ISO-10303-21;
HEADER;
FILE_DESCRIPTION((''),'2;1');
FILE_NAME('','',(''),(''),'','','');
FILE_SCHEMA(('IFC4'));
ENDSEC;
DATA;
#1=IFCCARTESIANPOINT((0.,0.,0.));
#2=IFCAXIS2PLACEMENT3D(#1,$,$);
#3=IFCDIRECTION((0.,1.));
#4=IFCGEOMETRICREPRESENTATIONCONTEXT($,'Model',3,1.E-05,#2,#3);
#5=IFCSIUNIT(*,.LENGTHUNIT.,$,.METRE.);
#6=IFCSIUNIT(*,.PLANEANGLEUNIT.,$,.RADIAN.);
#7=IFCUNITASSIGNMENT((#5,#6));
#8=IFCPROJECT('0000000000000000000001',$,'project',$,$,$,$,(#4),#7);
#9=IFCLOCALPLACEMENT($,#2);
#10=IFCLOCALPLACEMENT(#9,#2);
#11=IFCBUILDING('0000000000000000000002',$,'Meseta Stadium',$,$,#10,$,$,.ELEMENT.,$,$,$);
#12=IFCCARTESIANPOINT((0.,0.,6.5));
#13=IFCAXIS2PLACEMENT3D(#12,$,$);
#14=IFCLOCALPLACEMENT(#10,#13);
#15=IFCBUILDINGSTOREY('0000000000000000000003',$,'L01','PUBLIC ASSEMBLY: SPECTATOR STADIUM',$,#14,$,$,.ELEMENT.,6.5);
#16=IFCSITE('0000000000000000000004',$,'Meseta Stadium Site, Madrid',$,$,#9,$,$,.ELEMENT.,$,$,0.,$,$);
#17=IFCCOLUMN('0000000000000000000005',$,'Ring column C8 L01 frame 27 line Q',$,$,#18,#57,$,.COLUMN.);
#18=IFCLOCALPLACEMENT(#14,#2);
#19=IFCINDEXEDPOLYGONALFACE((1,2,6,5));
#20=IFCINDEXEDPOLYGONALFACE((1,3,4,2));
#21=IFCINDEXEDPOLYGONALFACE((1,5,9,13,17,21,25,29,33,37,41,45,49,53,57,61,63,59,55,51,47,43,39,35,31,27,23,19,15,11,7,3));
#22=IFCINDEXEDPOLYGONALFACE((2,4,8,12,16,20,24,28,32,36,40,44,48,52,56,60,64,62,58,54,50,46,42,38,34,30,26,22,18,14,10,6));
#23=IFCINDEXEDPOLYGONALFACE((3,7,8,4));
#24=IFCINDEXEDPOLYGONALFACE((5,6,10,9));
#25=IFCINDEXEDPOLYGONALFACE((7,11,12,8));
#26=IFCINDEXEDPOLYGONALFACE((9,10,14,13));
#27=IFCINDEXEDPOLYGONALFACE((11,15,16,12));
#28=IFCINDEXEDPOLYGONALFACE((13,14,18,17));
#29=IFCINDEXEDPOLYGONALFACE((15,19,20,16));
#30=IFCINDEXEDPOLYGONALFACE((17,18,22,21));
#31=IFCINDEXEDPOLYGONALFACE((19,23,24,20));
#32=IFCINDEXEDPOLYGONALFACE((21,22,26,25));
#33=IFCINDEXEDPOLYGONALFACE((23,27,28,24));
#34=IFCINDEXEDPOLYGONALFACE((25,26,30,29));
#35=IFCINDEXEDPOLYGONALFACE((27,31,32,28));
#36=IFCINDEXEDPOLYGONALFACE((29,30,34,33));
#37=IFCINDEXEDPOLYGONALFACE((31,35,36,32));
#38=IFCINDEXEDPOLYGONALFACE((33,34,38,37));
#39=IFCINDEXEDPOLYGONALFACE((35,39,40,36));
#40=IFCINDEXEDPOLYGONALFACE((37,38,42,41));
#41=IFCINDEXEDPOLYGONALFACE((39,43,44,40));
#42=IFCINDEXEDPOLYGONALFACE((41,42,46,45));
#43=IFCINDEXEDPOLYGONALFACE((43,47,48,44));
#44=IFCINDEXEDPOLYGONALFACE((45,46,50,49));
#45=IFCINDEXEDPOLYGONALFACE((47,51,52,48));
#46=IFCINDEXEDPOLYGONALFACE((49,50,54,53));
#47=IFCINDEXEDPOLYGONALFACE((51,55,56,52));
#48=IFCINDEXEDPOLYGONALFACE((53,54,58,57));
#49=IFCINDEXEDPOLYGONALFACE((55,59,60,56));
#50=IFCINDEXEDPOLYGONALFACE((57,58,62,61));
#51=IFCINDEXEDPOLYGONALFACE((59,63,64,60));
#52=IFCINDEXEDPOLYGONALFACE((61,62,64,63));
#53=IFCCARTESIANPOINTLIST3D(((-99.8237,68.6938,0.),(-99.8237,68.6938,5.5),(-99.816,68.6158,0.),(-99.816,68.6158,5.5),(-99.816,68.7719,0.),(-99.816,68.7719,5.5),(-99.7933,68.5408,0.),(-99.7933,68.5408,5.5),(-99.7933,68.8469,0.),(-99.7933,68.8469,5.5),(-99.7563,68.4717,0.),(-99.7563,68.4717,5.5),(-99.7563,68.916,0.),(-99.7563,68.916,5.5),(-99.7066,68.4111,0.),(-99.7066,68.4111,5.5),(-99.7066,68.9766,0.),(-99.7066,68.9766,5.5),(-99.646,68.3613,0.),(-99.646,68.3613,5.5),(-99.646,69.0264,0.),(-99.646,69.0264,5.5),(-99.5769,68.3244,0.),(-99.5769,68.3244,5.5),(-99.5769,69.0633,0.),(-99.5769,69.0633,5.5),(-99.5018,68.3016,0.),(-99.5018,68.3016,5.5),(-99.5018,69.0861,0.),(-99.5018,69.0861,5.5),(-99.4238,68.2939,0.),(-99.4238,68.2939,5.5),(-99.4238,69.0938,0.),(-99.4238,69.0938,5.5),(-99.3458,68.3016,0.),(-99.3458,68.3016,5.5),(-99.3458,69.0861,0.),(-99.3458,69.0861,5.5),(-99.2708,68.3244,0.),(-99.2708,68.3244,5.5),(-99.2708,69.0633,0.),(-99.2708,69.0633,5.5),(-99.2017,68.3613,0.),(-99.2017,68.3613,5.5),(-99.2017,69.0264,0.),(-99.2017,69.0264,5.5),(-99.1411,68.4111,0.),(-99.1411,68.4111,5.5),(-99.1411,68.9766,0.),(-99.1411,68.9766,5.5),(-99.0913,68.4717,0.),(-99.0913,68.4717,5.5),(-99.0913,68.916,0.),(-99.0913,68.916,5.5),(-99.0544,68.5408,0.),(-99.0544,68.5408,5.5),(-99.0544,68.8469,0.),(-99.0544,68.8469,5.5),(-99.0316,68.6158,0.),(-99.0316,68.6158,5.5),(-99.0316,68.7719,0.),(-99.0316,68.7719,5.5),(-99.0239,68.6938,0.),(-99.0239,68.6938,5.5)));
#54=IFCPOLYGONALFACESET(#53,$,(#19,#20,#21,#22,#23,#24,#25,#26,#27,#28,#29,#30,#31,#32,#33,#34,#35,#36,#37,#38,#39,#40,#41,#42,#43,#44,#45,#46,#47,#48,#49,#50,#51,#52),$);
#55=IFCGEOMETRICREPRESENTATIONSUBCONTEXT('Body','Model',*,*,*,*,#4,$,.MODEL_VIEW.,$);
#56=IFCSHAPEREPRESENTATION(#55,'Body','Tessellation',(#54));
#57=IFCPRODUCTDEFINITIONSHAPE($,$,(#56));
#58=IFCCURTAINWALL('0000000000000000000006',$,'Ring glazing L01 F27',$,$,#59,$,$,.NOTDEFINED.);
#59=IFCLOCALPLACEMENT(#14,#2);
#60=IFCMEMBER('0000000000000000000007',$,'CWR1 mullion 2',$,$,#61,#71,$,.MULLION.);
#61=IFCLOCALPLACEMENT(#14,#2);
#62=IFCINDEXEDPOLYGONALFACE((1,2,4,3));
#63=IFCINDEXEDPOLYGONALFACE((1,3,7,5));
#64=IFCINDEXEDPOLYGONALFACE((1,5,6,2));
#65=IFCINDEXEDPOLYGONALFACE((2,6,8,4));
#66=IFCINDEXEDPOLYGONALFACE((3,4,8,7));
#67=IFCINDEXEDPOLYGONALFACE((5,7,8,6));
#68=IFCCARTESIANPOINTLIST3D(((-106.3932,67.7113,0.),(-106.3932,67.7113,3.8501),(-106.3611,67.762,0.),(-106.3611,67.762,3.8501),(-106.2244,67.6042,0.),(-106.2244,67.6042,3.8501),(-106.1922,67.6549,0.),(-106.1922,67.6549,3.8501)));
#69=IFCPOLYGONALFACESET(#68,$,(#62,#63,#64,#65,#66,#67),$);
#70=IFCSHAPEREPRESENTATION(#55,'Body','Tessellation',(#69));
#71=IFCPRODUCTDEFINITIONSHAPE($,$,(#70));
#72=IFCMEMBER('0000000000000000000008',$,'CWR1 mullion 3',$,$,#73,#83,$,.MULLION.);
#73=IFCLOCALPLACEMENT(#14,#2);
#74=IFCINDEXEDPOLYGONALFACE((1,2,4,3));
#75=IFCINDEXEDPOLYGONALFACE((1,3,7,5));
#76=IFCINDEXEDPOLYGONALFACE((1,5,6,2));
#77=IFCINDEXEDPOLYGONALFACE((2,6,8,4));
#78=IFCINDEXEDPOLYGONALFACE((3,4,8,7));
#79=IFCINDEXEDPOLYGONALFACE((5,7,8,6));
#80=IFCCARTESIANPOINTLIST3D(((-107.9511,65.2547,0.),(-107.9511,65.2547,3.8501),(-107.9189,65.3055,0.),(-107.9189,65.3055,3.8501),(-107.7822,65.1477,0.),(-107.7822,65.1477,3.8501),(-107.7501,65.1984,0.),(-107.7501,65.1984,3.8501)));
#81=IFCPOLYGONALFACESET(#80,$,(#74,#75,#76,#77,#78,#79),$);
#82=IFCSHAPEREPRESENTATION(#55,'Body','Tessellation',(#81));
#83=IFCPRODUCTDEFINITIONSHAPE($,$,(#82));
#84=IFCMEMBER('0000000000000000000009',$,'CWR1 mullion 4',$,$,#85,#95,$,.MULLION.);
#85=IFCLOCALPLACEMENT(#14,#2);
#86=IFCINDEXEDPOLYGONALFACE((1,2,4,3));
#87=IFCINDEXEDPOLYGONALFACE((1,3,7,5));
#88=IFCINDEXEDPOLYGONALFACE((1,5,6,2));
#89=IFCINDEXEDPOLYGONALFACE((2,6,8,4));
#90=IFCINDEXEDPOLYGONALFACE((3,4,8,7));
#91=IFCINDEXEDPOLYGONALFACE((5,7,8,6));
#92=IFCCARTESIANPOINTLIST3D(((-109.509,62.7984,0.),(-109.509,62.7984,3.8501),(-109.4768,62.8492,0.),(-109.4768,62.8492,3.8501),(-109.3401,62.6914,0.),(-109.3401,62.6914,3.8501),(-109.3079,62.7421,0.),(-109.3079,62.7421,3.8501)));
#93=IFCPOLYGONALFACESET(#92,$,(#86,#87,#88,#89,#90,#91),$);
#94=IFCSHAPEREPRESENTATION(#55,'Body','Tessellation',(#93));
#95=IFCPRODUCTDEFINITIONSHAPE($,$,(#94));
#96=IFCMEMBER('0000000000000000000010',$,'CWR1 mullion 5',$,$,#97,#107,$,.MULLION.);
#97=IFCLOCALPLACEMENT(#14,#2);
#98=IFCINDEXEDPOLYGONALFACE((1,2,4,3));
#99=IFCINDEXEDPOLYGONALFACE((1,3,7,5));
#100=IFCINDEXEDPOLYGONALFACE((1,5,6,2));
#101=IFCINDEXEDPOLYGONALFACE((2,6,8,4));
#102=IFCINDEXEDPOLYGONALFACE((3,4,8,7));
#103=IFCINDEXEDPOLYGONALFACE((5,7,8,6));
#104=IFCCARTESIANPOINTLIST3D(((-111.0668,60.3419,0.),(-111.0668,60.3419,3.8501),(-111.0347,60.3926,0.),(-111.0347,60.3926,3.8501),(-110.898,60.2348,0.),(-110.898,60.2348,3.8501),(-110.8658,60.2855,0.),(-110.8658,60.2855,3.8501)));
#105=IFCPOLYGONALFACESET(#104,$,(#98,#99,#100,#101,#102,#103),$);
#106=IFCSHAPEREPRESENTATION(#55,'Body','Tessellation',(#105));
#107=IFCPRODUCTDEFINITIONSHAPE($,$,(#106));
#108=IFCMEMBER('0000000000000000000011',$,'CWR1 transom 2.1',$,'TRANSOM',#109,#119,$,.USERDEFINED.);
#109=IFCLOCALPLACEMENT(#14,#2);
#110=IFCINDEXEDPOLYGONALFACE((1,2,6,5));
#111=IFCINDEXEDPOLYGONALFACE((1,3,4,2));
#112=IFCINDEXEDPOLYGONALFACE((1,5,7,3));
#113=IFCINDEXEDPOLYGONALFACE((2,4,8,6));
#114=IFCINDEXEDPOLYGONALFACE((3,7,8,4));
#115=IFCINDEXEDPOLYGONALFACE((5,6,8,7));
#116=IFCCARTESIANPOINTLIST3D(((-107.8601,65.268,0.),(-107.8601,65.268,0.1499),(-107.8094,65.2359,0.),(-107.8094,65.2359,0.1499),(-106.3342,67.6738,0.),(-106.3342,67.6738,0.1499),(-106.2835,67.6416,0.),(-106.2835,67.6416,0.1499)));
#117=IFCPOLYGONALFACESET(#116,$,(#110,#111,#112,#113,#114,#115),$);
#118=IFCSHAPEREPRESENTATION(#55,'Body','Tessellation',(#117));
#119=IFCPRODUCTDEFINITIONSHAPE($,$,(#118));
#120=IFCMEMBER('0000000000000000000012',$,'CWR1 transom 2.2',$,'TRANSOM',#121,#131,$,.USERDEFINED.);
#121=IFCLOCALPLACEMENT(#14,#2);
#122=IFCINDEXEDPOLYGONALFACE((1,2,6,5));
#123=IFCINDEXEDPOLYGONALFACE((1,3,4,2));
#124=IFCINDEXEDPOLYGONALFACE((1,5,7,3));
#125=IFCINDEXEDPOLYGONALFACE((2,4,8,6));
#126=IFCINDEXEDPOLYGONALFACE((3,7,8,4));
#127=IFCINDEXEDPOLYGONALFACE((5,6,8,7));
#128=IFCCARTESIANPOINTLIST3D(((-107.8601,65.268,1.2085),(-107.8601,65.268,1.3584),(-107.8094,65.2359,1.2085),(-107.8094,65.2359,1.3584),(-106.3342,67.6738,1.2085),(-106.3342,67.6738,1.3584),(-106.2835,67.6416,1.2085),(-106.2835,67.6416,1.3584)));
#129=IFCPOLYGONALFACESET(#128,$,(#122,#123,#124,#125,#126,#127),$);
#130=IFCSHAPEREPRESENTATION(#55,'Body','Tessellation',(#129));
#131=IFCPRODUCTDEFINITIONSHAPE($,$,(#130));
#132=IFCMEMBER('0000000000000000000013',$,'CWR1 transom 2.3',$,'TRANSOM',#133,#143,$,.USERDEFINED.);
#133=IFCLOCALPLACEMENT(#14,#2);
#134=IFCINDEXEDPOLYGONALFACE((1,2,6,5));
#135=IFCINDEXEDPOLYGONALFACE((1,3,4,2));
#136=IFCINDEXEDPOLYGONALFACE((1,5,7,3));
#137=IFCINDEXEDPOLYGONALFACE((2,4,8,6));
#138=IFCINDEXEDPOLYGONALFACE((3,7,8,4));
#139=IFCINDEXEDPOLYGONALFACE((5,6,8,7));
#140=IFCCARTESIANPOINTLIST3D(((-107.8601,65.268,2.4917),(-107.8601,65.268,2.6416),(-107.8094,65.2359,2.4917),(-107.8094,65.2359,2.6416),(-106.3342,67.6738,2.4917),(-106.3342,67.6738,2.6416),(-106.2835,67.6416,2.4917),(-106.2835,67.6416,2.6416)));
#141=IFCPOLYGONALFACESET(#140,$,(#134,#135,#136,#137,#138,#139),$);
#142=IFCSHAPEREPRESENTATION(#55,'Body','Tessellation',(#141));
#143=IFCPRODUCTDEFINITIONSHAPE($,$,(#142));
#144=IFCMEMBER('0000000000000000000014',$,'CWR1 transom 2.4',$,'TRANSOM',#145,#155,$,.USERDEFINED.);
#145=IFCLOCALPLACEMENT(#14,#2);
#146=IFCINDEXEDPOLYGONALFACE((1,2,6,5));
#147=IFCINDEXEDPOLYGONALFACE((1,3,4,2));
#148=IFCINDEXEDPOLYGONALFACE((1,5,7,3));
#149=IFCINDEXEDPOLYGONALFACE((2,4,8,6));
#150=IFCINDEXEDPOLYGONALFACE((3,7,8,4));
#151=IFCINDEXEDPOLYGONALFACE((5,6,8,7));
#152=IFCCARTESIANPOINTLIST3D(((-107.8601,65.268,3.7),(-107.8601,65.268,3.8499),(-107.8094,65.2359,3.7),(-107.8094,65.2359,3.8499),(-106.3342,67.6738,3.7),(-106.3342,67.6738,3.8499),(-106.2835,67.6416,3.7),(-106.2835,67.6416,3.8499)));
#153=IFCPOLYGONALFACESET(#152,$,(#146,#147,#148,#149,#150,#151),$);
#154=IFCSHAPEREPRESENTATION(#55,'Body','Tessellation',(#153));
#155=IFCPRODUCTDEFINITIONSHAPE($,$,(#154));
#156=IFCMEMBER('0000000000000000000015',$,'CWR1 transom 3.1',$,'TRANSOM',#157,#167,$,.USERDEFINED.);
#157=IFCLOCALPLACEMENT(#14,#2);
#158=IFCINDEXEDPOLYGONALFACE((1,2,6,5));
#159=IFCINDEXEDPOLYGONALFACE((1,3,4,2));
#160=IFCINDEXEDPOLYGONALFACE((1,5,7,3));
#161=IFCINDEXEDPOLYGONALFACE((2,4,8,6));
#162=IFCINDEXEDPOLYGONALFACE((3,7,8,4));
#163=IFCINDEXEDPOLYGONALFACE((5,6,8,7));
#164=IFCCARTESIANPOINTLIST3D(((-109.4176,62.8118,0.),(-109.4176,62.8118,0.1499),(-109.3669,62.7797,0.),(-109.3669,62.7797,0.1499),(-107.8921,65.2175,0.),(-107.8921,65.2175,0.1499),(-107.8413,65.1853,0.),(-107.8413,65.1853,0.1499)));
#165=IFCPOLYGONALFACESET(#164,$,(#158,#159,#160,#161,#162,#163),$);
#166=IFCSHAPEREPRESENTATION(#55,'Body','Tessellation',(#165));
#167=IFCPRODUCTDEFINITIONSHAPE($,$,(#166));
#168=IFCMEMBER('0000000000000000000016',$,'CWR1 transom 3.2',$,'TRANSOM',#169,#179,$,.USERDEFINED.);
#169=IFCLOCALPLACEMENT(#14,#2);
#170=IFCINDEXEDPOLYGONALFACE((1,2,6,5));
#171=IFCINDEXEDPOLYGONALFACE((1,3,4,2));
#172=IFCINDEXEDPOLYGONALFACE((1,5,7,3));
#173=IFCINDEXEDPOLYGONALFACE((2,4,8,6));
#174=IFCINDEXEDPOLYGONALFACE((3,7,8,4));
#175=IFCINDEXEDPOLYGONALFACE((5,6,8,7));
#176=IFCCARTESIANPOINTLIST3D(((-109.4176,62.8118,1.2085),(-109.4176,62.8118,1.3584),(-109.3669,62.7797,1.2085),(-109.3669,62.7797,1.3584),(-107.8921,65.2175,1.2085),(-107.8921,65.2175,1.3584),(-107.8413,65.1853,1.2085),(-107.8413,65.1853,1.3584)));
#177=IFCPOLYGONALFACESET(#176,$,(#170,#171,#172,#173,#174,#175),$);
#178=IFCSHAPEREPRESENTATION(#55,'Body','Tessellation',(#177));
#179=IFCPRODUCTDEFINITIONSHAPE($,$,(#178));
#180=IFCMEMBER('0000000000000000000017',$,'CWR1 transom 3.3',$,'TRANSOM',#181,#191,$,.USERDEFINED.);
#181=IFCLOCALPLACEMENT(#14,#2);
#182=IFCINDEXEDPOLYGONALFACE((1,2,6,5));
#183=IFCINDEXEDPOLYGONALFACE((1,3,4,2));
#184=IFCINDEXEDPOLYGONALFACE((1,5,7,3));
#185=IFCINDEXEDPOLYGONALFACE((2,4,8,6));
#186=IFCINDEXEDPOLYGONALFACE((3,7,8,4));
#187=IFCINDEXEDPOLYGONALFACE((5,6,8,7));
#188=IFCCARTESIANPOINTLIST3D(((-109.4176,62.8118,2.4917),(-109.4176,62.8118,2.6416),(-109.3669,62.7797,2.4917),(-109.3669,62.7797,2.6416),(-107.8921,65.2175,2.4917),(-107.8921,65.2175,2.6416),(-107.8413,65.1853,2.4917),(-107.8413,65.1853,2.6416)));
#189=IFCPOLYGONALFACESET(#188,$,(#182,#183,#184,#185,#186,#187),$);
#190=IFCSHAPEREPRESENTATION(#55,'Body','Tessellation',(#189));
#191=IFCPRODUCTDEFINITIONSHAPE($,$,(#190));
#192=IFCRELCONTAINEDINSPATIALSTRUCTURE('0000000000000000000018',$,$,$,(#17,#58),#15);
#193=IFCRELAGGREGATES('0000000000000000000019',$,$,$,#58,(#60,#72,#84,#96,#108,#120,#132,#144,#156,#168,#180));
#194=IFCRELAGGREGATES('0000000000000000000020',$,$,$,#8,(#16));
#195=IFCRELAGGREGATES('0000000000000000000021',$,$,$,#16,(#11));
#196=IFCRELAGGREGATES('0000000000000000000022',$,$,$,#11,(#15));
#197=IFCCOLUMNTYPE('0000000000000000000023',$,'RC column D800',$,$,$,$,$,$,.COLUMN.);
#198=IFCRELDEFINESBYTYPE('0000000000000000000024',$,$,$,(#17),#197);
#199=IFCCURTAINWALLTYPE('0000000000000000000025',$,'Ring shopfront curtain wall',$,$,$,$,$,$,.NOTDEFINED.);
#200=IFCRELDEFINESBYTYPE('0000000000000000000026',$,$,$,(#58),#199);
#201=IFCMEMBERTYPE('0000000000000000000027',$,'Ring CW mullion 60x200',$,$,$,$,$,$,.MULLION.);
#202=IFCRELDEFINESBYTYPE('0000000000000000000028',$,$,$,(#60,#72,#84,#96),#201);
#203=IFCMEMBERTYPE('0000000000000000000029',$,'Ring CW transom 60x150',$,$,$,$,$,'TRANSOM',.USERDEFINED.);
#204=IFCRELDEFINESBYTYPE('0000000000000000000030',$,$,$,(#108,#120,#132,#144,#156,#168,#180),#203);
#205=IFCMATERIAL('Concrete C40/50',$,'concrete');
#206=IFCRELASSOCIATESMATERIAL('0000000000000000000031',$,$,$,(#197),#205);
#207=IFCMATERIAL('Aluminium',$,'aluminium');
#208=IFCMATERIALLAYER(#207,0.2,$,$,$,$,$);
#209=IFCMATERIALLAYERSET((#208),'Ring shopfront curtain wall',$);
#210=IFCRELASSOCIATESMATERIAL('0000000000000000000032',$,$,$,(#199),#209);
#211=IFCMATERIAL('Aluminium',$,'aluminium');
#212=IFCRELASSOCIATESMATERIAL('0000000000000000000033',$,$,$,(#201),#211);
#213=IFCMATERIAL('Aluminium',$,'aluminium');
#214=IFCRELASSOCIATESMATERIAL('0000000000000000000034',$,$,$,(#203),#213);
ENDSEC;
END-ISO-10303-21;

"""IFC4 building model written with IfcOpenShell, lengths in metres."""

from ifc_helpers import new_model, si_unit, direction, frame, origin, origin_2d, place, context, subcontext, project, spatial, rectangle, circle, extrude, material, layer, layer_set, material_profile, profile_set, type_object, element, aggregate, save


model = new_model("IFC4")

# Units and contexts
model_context = context("Model", 3, precision=1e-05, world=origin(), true_north=direction((0.0, 1.0)))
body_context = subcontext(model_context, "Body", "Model", "MODEL_VIEW")
ifc_project = project(units=[si_unit("LENGTHUNIT", "METRE"), si_unit("PLANEANGLEUNIT", "RADIAN")], contexts=[model_context])

# Site, building, storey
site_placement = place(None, origin())
site = spatial("IfcSite", under=ifc_project, at=site_placement, Name="Meseta Stadium Site, Madrid", CompositionType="ELEMENT", RefElevation=0.0)
building_placement = place(site_placement, origin())
building = spatial("IfcBuilding", under=site, at=building_placement, Name="Meseta Stadium", CompositionType="ELEMENT")
storey_placement = place(building_placement, frame((0.0, 0.0, 6.5)))
storey = spatial("IfcBuildingStorey", under=building, at=storey_placement, Name="L01", Description="PUBLIC ASSEMBLY: SPECTATOR STADIUM", CompositionType="ELEMENT", Elevation=6.5)

# Column
ifc_material_1 = material(Name="Concrete C40/50", Category="concrete")
ifc_material_profile_1 = material_profile(ifc_material_1, circle(Radius=0.3999, at=origin_2d()), Name="RC D800")
ifc_profile_set_1 = profile_set([ifc_material_profile_1], Name="Concrete C40/50")
column_type = type_object("IfcColumnType", Name="RC column D800", PredefinedType="COLUMN", material=ifc_profile_set_1)
column_placement = place(storey_placement, frame((-99.4238, 68.6938, 0.0), z_axis=(0.0, 0.0, 1.0), x_axis=(1.0, 0.0, 0.0)))
element("IfcColumn", 1, at=column_placement, inside=storey, type_object=column_type, Name="Ring column C8 L01 frame 27 line Q", PredefinedType="COLUMN", context=body_context, shape_type="SweptSolid", body=[
    extrude(circle(Radius=0.3999, at=origin_2d()), origin(), (0.0, 0.0, 1.0), 5.5),
])

# Curtain wall, members
ifc_material_2 = material(Name="Aluminium", Category="aluminium")
ifc_layer_1 = layer(ifc_material_2, 0.2)
ifc_layer_set_1 = layer_set([ifc_layer_1], Name="Ring shopfront curtain wall")
curtain_wall_type = type_object("IfcCurtainWallType", Name="Ring shopfront curtain wall", PredefinedType="NOTDEFINED", material=ifc_layer_set_1)
curtain_wall_placement = place(storey_placement, origin())
curtain_wall = element("IfcCurtainWall", 2, at=curtain_wall_placement, inside=storey, type_object=curtain_wall_type, Name="Ring glazing L01 F27", PredefinedType="NOTDEFINED")
ifc_material_3 = material(Name="Aluminium", Category="aluminium")
ifc_material_profile_2 = material_profile(ifc_material_3, rectangle(XDim=0.2, YDim=0.0601, at=origin_2d()), Name="CW 200x60")
ifc_profile_set_2 = profile_set([ifc_material_profile_2], Name="Aluminium")
member_type_1 = type_object("IfcMemberType", Name="Ring CW mullion 60x200", PredefinedType="MULLION", material=ifc_profile_set_2)
member_1_placement = place(storey_placement, frame((-106.2927, 67.6831, 0.0), z_axis=(0.0, 0.0, 1.0), x_axis=(0.844491, -0.535569, 0.0)))
member_1 = element("IfcMember", 3, at=member_1_placement, type_object=member_type_1, Name="CWR1 mullion 2", PredefinedType="MULLION", context=body_context, shape_type="SweptSolid", body=[
    extrude(rectangle(XDim=0.2, YDim=0.0601, at=origin_2d()), origin(), (0.0, 0.0, 1.0), 3.8501),
])
member_2_placement = place(storey_placement, frame((-107.8506, 65.2266, 0.0), z_axis=(0.0, 0.0, 1.0), x_axis=(0.844491, -0.535569, 0.0)))
member_2 = element("IfcMember", 4, at=member_2_placement, type_object=member_type_1, Name="CWR1 mullion 3", PredefinedType="MULLION", context=body_context, shape_type="SweptSolid", body=[
    extrude(rectangle(XDim=0.2, YDim=0.0601, at=origin_2d()), origin(), (0.0, 0.0, 1.0), 3.8501),
])
member_3_placement = place(storey_placement, frame((-109.4084, 62.7703, 0.0), z_axis=(0.0, 0.0, 1.0), x_axis=(0.844491, -0.535569, 0.0)))
member_3 = element("IfcMember", 5, at=member_3_placement, type_object=member_type_1, Name="CWR1 mullion 4", PredefinedType="MULLION", context=body_context, shape_type="SweptSolid", body=[
    extrude(rectangle(XDim=0.2, YDim=0.0601, at=origin_2d()), origin(), (0.0, 0.0, 1.0), 3.8501),
])
member_4_placement = place(storey_placement, frame((-110.9663, 60.3137, 0.0), z_axis=(0.0, 0.0, 1.0), x_axis=(0.844491, -0.535569, 0.0)))
member_4 = element("IfcMember", 6, at=member_4_placement, type_object=member_type_1, Name="CWR1 mullion 5", PredefinedType="MULLION", context=body_context, shape_type="SweptSolid", body=[
    extrude(rectangle(XDim=0.2, YDim=0.0601, at=origin_2d()), origin(), (0.0, 0.0, 1.0), 3.8501),
])
ifc_material_4 = material(Name="Aluminium", Category="aluminium")
ifc_material_profile_3 = material_profile(ifc_material_4, rectangle(XDim=0.0601, YDim=0.1499, at=origin_2d()), Name="CW 60x150")
ifc_profile_set_3 = profile_set([ifc_material_profile_3], Name="Aluminium")
member_type_2 = type_object("IfcMemberType", Name="Ring CW transom 60x150", ElementType="TRANSOM", PredefinedType="USERDEFINED", material=ifc_profile_set_3)
member_5_placement = place(storey_placement, frame((-106.3088, 67.6577, 0.075), z_axis=(-0.535611, -0.844465, 0.0), x_axis=(0.844465, -0.535611, 0.0)))
member_5 = element("IfcMember", 7, at=member_5_placement, type_object=member_type_2, Name="CWR1 transom 2.1", ObjectType="TRANSOM", PredefinedType="USERDEFINED", context=body_context, shape_type="SweptSolid", body=[
    extrude(rectangle(XDim=0.0601, YDim=0.1499, at=origin_2d()), origin(), (0.0, 0.0, 1.0), 2.8489),
])
member_6_placement = place(storey_placement, frame((-106.3088, 67.6577, 1.2834), z_axis=(-0.535611, -0.844465, 0.0), x_axis=(0.844465, -0.535611, 0.0)))
member_6 = element("IfcMember", 8, at=member_6_placement, type_object=member_type_2, Name="CWR1 transom 2.2", ObjectType="TRANSOM", PredefinedType="USERDEFINED", context=body_context, shape_type="SweptSolid", body=[
    extrude(rectangle(XDim=0.0601, YDim=0.1499, at=origin_2d()), origin(), (0.0, 0.0, 1.0), 2.8489),
])
member_7_placement = place(storey_placement, frame((-106.3088, 67.6577, 2.5667), z_axis=(-0.535611, -0.844465, 0.0), x_axis=(0.844465, -0.535611, 0.0)))
member_7 = element("IfcMember", 9, at=member_7_placement, type_object=member_type_2, Name="CWR1 transom 2.3", ObjectType="TRANSOM", PredefinedType="USERDEFINED", context=body_context, shape_type="SweptSolid", body=[
    extrude(rectangle(XDim=0.0601, YDim=0.1499, at=origin_2d()), origin(), (0.0, 0.0, 1.0), 2.8489),
])
member_8_placement = place(storey_placement, frame((-106.3088, 67.6577, 3.7749), z_axis=(-0.535611, -0.844465, 0.0), x_axis=(0.844465, -0.535611, 0.0)))
member_8 = element("IfcMember", 10, at=member_8_placement, type_object=member_type_2, Name="CWR1 transom 2.4", ObjectType="TRANSOM", PredefinedType="USERDEFINED", context=body_context, shape_type="SweptSolid", body=[
    extrude(rectangle(XDim=0.0601, YDim=0.1499, at=origin_2d()), origin(), (0.0, 0.0, 1.0), 2.8489),
])
member_9_placement = place(storey_placement, frame((-107.8667, 65.2014, 0.075), z_axis=(-0.535549, -0.844504, 0.0), x_axis=(0.844504, -0.535549, 0.0)))
member_9 = element("IfcMember", 11, at=member_9_placement, type_object=member_type_2, Name="CWR1 transom 3.1", ObjectType="TRANSOM", PredefinedType="USERDEFINED", context=body_context, shape_type="SweptSolid", body=[
    extrude(rectangle(XDim=0.0601, YDim=0.1499, at=origin_2d()), origin(), (0.0, 0.0, 1.0), 2.8486),
])
member_10_placement = place(storey_placement, frame((-107.8667, 65.2014, 1.2834), z_axis=(-0.535549, -0.844504, 0.0), x_axis=(0.844504, -0.535549, 0.0)))
member_10 = element("IfcMember", 12, at=member_10_placement, type_object=member_type_2, Name="CWR1 transom 3.2", ObjectType="TRANSOM", PredefinedType="USERDEFINED", context=body_context, shape_type="SweptSolid", body=[
    extrude(rectangle(XDim=0.0601, YDim=0.1499, at=origin_2d()), origin(), (0.0, 0.0, 1.0), 2.8486),
])
member_11_placement = place(storey_placement, frame((-107.8667, 65.2014, 2.5667), z_axis=(-0.535549, -0.844504, 0.0), x_axis=(0.844504, -0.535549, 0.0)))
member_11 = element("IfcMember", 13, at=member_11_placement, type_object=member_type_2, Name="CWR1 transom 3.3", ObjectType="TRANSOM", PredefinedType="USERDEFINED", context=body_context, shape_type="SweptSolid", body=[
    extrude(rectangle(XDim=0.0601, YDim=0.1499, at=origin_2d()), origin(), (0.0, 0.0, 1.0), 2.8486),
])
aggregate(curtain_wall, [member_1, member_2, member_3, member_4, member_5, member_6, member_7, member_8, member_9, member_10, member_11])

save(model, "model.ifc")
